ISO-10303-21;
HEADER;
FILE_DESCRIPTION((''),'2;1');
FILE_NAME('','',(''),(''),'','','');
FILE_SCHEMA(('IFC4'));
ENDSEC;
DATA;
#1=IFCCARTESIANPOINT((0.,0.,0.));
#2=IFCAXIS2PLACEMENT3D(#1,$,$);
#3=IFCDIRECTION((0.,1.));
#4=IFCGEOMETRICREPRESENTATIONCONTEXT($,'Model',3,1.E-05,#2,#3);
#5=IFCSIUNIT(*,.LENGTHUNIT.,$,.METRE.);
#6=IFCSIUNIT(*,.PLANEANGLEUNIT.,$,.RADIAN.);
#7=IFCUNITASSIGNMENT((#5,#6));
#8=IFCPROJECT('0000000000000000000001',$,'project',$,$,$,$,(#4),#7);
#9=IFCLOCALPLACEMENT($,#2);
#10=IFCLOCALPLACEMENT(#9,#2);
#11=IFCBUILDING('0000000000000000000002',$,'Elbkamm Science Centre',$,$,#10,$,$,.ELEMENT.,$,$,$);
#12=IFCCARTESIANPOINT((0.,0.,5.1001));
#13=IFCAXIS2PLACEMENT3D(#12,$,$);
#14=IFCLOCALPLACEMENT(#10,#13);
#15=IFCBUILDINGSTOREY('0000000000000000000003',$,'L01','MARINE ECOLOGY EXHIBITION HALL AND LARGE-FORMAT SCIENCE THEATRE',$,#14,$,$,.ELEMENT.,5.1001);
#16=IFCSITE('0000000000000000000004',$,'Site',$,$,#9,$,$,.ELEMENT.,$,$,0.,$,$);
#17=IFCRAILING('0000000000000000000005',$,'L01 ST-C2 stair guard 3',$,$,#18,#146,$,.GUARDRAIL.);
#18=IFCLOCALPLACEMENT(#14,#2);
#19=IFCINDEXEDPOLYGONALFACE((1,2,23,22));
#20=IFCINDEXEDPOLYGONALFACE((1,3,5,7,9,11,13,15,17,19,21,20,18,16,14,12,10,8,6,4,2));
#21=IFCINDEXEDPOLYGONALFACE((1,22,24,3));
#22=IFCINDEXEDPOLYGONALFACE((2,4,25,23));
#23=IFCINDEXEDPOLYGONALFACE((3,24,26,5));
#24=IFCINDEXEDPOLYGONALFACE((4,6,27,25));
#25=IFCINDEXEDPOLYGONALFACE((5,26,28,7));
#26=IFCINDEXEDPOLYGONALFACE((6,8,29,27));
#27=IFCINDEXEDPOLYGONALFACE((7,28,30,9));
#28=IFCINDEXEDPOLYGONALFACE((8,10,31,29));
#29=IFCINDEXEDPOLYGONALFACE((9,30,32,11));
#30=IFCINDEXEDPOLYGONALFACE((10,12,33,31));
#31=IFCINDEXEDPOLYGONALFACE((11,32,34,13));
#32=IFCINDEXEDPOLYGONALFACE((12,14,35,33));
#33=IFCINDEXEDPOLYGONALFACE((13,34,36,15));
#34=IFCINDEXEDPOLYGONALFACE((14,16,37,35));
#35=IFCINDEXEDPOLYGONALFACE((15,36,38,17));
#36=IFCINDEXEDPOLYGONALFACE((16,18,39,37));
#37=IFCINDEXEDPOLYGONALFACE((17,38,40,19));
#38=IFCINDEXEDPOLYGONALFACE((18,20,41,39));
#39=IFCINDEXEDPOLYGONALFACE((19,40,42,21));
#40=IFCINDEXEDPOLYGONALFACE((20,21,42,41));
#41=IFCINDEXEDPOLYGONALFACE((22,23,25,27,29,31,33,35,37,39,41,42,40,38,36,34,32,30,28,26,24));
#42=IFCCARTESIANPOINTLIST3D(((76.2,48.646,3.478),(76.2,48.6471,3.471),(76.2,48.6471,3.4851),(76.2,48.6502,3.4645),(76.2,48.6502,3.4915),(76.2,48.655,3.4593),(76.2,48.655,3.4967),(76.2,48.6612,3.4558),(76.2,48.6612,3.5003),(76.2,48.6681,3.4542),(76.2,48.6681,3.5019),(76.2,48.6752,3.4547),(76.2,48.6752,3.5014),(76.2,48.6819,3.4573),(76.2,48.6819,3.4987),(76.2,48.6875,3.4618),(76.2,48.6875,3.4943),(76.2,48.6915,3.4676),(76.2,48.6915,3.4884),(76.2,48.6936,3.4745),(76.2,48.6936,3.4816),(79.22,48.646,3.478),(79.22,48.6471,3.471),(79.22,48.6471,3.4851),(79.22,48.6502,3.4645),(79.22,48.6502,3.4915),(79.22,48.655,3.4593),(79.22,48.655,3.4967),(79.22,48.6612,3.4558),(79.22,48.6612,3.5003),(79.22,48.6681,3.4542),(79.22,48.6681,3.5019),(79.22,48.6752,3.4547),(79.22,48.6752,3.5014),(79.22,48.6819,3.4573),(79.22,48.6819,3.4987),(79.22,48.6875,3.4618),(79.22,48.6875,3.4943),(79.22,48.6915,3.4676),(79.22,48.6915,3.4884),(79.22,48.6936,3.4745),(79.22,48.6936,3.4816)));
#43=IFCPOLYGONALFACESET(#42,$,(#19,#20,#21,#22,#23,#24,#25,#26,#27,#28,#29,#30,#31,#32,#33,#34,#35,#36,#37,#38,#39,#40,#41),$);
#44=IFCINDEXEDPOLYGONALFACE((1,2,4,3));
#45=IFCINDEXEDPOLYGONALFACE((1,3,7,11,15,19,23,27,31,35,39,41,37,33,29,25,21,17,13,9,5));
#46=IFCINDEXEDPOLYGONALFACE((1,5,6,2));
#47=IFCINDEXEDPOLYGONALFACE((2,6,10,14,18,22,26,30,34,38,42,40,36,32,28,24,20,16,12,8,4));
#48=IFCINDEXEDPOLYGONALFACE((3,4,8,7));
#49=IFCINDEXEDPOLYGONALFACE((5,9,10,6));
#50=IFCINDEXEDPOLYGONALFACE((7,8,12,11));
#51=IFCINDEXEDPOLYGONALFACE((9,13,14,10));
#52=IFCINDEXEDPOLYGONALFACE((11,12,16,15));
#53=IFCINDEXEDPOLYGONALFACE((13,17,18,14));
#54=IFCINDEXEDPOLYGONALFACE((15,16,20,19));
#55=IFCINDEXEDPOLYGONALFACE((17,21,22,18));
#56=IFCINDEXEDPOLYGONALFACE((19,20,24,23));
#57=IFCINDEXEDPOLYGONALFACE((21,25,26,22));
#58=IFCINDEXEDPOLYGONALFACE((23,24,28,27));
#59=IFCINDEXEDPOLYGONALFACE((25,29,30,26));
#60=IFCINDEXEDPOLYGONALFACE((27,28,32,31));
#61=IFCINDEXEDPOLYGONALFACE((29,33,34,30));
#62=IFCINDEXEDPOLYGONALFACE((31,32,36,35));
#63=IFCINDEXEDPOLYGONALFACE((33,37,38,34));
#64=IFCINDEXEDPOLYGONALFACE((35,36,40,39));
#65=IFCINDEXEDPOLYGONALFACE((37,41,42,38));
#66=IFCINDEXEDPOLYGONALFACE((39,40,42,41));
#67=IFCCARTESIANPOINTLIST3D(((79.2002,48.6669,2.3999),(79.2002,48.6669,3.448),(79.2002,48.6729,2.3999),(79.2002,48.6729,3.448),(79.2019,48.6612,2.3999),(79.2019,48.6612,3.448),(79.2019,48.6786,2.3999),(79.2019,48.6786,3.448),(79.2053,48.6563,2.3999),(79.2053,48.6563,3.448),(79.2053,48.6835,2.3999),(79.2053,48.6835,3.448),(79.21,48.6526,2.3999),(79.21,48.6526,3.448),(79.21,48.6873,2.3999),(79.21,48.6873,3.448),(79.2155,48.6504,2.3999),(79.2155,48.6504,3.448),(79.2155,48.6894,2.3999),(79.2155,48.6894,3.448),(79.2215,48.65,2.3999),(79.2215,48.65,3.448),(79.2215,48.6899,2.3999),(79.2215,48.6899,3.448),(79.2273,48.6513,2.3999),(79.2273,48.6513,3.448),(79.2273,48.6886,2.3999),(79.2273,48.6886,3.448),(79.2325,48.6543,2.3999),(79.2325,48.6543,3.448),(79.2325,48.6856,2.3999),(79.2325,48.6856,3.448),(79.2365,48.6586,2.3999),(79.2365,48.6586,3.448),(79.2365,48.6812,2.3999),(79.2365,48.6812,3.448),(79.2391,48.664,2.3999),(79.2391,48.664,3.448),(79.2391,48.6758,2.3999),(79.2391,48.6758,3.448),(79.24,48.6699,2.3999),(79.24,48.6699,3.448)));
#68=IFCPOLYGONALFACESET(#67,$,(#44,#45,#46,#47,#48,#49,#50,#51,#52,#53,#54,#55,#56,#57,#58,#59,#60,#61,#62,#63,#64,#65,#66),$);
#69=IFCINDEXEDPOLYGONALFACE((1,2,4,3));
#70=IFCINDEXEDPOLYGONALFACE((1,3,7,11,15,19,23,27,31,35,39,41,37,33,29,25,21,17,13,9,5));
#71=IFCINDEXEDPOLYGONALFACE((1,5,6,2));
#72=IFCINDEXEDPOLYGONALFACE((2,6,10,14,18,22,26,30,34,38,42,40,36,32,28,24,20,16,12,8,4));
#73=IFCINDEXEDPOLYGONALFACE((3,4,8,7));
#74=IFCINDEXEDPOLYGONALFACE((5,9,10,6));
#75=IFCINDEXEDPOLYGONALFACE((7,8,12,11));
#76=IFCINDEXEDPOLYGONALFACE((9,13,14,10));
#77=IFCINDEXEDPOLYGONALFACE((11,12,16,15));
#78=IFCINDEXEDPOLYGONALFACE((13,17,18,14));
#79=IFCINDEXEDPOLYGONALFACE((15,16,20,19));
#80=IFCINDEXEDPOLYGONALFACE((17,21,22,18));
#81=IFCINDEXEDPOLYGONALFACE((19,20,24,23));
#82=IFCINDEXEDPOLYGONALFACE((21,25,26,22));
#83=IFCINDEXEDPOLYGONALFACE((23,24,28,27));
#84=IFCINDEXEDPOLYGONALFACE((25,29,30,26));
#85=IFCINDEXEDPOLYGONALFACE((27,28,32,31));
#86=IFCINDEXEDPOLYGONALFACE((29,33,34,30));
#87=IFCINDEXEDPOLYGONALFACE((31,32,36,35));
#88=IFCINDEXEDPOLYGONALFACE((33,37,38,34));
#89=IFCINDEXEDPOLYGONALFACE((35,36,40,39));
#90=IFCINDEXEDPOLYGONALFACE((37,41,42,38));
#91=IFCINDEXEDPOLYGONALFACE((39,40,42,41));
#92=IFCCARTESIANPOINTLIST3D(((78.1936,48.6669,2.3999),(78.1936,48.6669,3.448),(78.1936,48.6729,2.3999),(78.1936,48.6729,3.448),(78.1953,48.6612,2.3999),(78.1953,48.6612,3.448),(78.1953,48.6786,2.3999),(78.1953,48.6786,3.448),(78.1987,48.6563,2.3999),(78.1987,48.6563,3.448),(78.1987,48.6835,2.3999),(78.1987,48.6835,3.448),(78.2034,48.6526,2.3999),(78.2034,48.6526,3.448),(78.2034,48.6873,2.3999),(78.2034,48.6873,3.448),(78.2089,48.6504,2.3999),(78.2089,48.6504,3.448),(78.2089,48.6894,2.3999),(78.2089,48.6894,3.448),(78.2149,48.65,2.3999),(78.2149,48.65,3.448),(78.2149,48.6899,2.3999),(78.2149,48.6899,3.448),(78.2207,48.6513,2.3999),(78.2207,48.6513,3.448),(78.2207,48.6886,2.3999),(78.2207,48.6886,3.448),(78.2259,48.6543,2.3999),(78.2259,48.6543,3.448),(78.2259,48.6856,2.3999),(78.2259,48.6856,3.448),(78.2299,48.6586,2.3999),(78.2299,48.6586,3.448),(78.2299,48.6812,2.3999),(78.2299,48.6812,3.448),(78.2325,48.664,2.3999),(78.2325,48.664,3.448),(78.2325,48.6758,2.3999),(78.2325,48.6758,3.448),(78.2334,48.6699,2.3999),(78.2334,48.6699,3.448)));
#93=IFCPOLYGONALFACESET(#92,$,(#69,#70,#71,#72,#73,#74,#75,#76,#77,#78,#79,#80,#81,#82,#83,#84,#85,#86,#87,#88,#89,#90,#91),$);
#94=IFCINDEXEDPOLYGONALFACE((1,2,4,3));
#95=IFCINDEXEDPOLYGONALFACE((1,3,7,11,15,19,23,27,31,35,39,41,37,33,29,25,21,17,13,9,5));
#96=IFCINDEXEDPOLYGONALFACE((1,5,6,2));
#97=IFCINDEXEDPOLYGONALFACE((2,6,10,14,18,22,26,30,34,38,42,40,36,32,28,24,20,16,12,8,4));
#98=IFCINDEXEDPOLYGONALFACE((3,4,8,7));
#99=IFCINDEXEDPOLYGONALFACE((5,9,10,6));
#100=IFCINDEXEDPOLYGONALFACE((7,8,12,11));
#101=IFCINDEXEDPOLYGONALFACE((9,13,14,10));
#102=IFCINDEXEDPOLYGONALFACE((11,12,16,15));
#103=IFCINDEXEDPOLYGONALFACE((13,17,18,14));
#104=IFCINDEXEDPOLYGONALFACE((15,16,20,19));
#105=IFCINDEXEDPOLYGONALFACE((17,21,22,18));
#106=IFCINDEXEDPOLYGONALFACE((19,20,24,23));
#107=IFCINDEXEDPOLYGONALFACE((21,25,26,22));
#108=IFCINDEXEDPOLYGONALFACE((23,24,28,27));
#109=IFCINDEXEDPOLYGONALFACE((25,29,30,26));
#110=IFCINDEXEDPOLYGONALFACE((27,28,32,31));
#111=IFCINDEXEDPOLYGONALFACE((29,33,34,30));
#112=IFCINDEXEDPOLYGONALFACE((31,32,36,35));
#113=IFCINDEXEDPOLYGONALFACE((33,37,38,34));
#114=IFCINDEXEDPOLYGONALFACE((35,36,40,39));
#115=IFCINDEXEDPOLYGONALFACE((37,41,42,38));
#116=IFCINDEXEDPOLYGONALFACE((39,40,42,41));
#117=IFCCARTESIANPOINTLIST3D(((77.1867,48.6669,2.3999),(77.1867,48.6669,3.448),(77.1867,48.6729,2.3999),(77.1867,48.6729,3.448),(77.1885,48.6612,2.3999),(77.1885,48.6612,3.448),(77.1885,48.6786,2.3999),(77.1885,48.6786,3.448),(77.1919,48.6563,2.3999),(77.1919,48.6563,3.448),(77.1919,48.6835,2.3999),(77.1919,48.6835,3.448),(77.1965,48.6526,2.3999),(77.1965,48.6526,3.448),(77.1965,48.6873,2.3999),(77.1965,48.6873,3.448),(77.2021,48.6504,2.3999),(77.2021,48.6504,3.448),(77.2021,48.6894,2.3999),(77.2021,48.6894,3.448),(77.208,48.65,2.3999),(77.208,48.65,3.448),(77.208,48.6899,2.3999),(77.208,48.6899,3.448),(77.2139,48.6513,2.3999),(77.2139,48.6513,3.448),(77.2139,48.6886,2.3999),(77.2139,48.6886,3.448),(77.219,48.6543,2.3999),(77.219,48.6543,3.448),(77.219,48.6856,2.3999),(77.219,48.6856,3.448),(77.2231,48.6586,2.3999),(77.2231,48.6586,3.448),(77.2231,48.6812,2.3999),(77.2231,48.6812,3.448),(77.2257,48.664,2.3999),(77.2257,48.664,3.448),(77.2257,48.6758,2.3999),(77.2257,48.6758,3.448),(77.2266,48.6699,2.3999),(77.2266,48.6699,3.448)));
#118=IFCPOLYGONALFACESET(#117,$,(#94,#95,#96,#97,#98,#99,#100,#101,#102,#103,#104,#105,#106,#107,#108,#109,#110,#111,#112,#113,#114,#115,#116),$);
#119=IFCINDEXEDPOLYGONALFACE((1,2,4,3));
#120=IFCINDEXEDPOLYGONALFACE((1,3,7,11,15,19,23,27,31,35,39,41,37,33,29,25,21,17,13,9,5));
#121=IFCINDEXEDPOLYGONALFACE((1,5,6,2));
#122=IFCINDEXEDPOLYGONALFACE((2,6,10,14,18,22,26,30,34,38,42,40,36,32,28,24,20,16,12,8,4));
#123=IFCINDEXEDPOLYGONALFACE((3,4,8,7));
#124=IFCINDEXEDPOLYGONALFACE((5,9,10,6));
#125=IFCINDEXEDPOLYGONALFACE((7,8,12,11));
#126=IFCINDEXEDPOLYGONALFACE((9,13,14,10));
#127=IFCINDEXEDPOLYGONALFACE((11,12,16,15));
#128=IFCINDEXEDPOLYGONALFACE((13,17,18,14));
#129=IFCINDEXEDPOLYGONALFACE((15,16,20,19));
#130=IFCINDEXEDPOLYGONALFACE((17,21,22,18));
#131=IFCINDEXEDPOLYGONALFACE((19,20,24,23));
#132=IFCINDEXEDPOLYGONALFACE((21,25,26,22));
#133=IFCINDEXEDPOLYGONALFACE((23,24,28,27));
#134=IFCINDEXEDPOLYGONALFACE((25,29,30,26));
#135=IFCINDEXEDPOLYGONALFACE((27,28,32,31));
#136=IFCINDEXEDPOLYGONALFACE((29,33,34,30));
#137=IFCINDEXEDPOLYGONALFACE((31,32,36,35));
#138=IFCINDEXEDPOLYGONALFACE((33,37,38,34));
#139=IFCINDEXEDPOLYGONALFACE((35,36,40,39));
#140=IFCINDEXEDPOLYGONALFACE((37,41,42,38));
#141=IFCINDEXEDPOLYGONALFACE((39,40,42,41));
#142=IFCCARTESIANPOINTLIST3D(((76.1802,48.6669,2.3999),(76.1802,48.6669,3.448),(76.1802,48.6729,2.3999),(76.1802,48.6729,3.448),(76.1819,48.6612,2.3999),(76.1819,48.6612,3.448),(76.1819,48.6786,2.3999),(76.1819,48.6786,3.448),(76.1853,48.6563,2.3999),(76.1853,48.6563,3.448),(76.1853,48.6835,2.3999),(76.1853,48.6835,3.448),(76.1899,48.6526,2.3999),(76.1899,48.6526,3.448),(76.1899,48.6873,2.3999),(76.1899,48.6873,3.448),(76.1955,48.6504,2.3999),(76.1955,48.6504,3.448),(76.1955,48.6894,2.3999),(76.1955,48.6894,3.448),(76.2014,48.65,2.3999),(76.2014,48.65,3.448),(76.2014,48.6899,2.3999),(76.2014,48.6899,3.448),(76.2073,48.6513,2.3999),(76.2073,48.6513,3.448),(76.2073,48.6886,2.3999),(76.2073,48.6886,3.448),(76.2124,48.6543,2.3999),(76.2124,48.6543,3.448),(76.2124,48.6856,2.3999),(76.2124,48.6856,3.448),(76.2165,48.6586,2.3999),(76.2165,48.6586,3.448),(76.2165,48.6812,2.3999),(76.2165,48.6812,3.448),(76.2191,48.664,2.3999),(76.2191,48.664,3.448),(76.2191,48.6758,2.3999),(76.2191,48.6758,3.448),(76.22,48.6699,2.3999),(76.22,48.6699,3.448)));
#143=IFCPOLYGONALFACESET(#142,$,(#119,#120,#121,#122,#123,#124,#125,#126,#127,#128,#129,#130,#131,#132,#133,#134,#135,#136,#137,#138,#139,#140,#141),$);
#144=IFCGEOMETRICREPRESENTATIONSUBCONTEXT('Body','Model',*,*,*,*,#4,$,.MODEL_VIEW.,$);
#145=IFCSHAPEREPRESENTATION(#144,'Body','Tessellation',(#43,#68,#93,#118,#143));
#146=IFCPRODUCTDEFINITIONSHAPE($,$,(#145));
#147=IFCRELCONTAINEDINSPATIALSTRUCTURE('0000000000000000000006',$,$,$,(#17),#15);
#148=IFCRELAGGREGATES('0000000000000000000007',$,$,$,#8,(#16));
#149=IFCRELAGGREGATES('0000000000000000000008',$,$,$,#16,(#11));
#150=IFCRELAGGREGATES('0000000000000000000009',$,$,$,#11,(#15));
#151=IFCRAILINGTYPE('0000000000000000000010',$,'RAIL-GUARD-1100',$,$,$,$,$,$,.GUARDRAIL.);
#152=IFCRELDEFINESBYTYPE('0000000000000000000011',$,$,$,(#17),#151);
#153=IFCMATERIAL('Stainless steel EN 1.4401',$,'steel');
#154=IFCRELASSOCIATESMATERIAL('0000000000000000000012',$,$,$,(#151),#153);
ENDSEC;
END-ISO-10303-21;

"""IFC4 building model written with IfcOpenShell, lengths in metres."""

from ifc_helpers import new_model, si_unit, direction, frame, origin, origin_2d, place, context, subcontext, project, spatial, circle, extrude, material, type_object, element, save


model = new_model("IFC4")

# Units and contexts
model_context = context("Model", 3, precision=1e-05, world=origin(), true_north=direction((0.0, 1.0)))
body_context = subcontext(model_context, "Body", "Model", "MODEL_VIEW")
ifc_project = project(units=[si_unit("LENGTHUNIT", "METRE"), si_unit("PLANEANGLEUNIT", "RADIAN")], contexts=[model_context])

# Site, building, storey
site_placement = place(None, origin())
site = spatial("IfcSite", under=ifc_project, at=site_placement, Name="Site", CompositionType="ELEMENT", RefElevation=0.0)
building_placement = place(site_placement, origin())
building = spatial("IfcBuilding", under=site, at=building_placement, Name="Elbkamm Science Centre", CompositionType="ELEMENT")
storey_placement = place(building_placement, frame((0.0, 0.0, 5.1001)))
storey = spatial("IfcBuildingStorey", under=building, at=storey_placement, Name="L01", Description="MARINE ECOLOGY EXHIBITION HALL AND LARGE-FORMAT SCIENCE THEATRE", CompositionType="ELEMENT", Elevation=5.1001)

# Railing
ifc_material_1 = material(Name="Stainless steel EN 1.4401", Category="steel")
railing_type_1 = type_object("IfcRailingType", Name="RAIL-GUARD-1100", PredefinedType="GUARDRAIL", material=ifc_material_1)
for number, where, name in (
    (1, (79.22, 48.6699, 2.3999), "L01 ST-C2 stair guard 3"),
):
    element("IfcRailing", number, at=place(storey_placement, frame(where)), inside=storey, type_object=railing_type_1, Name=name, PredefinedType="GUARDRAIL", context=body_context, shape_type="SweptSolid", body=[
        extrude(circle(Radius=0.0239, at=origin_2d()), frame((0.0, 0.0, 1.0781), z_axis=(-1.0, 0.0, 0.0), x_axis=(0.0, -1.0, 0.0)), (0.0, 0.0, 1.0), 3.02),
        extrude(circle(Radius=0.02, at=origin_2d()), origin(), (0.0, 0.0, 1.0), 1.0481),
        extrude(circle(Radius=0.02, at=origin_2d()), frame((-1.0066, 0.0, 0.0)), (0.0, 0.0, 1.0), 1.0481),
        extrude(circle(Radius=0.02, at=origin_2d()), frame((-2.0134, 0.0, 0.0)), (0.0, 0.0, 1.0), 1.0481),
        extrude(circle(Radius=0.02, at=origin_2d()), frame((-3.02, 0.0, 0.0)), (0.0, 0.0, 1.0), 1.0481),
    ])

save(model, "model.ifc")
